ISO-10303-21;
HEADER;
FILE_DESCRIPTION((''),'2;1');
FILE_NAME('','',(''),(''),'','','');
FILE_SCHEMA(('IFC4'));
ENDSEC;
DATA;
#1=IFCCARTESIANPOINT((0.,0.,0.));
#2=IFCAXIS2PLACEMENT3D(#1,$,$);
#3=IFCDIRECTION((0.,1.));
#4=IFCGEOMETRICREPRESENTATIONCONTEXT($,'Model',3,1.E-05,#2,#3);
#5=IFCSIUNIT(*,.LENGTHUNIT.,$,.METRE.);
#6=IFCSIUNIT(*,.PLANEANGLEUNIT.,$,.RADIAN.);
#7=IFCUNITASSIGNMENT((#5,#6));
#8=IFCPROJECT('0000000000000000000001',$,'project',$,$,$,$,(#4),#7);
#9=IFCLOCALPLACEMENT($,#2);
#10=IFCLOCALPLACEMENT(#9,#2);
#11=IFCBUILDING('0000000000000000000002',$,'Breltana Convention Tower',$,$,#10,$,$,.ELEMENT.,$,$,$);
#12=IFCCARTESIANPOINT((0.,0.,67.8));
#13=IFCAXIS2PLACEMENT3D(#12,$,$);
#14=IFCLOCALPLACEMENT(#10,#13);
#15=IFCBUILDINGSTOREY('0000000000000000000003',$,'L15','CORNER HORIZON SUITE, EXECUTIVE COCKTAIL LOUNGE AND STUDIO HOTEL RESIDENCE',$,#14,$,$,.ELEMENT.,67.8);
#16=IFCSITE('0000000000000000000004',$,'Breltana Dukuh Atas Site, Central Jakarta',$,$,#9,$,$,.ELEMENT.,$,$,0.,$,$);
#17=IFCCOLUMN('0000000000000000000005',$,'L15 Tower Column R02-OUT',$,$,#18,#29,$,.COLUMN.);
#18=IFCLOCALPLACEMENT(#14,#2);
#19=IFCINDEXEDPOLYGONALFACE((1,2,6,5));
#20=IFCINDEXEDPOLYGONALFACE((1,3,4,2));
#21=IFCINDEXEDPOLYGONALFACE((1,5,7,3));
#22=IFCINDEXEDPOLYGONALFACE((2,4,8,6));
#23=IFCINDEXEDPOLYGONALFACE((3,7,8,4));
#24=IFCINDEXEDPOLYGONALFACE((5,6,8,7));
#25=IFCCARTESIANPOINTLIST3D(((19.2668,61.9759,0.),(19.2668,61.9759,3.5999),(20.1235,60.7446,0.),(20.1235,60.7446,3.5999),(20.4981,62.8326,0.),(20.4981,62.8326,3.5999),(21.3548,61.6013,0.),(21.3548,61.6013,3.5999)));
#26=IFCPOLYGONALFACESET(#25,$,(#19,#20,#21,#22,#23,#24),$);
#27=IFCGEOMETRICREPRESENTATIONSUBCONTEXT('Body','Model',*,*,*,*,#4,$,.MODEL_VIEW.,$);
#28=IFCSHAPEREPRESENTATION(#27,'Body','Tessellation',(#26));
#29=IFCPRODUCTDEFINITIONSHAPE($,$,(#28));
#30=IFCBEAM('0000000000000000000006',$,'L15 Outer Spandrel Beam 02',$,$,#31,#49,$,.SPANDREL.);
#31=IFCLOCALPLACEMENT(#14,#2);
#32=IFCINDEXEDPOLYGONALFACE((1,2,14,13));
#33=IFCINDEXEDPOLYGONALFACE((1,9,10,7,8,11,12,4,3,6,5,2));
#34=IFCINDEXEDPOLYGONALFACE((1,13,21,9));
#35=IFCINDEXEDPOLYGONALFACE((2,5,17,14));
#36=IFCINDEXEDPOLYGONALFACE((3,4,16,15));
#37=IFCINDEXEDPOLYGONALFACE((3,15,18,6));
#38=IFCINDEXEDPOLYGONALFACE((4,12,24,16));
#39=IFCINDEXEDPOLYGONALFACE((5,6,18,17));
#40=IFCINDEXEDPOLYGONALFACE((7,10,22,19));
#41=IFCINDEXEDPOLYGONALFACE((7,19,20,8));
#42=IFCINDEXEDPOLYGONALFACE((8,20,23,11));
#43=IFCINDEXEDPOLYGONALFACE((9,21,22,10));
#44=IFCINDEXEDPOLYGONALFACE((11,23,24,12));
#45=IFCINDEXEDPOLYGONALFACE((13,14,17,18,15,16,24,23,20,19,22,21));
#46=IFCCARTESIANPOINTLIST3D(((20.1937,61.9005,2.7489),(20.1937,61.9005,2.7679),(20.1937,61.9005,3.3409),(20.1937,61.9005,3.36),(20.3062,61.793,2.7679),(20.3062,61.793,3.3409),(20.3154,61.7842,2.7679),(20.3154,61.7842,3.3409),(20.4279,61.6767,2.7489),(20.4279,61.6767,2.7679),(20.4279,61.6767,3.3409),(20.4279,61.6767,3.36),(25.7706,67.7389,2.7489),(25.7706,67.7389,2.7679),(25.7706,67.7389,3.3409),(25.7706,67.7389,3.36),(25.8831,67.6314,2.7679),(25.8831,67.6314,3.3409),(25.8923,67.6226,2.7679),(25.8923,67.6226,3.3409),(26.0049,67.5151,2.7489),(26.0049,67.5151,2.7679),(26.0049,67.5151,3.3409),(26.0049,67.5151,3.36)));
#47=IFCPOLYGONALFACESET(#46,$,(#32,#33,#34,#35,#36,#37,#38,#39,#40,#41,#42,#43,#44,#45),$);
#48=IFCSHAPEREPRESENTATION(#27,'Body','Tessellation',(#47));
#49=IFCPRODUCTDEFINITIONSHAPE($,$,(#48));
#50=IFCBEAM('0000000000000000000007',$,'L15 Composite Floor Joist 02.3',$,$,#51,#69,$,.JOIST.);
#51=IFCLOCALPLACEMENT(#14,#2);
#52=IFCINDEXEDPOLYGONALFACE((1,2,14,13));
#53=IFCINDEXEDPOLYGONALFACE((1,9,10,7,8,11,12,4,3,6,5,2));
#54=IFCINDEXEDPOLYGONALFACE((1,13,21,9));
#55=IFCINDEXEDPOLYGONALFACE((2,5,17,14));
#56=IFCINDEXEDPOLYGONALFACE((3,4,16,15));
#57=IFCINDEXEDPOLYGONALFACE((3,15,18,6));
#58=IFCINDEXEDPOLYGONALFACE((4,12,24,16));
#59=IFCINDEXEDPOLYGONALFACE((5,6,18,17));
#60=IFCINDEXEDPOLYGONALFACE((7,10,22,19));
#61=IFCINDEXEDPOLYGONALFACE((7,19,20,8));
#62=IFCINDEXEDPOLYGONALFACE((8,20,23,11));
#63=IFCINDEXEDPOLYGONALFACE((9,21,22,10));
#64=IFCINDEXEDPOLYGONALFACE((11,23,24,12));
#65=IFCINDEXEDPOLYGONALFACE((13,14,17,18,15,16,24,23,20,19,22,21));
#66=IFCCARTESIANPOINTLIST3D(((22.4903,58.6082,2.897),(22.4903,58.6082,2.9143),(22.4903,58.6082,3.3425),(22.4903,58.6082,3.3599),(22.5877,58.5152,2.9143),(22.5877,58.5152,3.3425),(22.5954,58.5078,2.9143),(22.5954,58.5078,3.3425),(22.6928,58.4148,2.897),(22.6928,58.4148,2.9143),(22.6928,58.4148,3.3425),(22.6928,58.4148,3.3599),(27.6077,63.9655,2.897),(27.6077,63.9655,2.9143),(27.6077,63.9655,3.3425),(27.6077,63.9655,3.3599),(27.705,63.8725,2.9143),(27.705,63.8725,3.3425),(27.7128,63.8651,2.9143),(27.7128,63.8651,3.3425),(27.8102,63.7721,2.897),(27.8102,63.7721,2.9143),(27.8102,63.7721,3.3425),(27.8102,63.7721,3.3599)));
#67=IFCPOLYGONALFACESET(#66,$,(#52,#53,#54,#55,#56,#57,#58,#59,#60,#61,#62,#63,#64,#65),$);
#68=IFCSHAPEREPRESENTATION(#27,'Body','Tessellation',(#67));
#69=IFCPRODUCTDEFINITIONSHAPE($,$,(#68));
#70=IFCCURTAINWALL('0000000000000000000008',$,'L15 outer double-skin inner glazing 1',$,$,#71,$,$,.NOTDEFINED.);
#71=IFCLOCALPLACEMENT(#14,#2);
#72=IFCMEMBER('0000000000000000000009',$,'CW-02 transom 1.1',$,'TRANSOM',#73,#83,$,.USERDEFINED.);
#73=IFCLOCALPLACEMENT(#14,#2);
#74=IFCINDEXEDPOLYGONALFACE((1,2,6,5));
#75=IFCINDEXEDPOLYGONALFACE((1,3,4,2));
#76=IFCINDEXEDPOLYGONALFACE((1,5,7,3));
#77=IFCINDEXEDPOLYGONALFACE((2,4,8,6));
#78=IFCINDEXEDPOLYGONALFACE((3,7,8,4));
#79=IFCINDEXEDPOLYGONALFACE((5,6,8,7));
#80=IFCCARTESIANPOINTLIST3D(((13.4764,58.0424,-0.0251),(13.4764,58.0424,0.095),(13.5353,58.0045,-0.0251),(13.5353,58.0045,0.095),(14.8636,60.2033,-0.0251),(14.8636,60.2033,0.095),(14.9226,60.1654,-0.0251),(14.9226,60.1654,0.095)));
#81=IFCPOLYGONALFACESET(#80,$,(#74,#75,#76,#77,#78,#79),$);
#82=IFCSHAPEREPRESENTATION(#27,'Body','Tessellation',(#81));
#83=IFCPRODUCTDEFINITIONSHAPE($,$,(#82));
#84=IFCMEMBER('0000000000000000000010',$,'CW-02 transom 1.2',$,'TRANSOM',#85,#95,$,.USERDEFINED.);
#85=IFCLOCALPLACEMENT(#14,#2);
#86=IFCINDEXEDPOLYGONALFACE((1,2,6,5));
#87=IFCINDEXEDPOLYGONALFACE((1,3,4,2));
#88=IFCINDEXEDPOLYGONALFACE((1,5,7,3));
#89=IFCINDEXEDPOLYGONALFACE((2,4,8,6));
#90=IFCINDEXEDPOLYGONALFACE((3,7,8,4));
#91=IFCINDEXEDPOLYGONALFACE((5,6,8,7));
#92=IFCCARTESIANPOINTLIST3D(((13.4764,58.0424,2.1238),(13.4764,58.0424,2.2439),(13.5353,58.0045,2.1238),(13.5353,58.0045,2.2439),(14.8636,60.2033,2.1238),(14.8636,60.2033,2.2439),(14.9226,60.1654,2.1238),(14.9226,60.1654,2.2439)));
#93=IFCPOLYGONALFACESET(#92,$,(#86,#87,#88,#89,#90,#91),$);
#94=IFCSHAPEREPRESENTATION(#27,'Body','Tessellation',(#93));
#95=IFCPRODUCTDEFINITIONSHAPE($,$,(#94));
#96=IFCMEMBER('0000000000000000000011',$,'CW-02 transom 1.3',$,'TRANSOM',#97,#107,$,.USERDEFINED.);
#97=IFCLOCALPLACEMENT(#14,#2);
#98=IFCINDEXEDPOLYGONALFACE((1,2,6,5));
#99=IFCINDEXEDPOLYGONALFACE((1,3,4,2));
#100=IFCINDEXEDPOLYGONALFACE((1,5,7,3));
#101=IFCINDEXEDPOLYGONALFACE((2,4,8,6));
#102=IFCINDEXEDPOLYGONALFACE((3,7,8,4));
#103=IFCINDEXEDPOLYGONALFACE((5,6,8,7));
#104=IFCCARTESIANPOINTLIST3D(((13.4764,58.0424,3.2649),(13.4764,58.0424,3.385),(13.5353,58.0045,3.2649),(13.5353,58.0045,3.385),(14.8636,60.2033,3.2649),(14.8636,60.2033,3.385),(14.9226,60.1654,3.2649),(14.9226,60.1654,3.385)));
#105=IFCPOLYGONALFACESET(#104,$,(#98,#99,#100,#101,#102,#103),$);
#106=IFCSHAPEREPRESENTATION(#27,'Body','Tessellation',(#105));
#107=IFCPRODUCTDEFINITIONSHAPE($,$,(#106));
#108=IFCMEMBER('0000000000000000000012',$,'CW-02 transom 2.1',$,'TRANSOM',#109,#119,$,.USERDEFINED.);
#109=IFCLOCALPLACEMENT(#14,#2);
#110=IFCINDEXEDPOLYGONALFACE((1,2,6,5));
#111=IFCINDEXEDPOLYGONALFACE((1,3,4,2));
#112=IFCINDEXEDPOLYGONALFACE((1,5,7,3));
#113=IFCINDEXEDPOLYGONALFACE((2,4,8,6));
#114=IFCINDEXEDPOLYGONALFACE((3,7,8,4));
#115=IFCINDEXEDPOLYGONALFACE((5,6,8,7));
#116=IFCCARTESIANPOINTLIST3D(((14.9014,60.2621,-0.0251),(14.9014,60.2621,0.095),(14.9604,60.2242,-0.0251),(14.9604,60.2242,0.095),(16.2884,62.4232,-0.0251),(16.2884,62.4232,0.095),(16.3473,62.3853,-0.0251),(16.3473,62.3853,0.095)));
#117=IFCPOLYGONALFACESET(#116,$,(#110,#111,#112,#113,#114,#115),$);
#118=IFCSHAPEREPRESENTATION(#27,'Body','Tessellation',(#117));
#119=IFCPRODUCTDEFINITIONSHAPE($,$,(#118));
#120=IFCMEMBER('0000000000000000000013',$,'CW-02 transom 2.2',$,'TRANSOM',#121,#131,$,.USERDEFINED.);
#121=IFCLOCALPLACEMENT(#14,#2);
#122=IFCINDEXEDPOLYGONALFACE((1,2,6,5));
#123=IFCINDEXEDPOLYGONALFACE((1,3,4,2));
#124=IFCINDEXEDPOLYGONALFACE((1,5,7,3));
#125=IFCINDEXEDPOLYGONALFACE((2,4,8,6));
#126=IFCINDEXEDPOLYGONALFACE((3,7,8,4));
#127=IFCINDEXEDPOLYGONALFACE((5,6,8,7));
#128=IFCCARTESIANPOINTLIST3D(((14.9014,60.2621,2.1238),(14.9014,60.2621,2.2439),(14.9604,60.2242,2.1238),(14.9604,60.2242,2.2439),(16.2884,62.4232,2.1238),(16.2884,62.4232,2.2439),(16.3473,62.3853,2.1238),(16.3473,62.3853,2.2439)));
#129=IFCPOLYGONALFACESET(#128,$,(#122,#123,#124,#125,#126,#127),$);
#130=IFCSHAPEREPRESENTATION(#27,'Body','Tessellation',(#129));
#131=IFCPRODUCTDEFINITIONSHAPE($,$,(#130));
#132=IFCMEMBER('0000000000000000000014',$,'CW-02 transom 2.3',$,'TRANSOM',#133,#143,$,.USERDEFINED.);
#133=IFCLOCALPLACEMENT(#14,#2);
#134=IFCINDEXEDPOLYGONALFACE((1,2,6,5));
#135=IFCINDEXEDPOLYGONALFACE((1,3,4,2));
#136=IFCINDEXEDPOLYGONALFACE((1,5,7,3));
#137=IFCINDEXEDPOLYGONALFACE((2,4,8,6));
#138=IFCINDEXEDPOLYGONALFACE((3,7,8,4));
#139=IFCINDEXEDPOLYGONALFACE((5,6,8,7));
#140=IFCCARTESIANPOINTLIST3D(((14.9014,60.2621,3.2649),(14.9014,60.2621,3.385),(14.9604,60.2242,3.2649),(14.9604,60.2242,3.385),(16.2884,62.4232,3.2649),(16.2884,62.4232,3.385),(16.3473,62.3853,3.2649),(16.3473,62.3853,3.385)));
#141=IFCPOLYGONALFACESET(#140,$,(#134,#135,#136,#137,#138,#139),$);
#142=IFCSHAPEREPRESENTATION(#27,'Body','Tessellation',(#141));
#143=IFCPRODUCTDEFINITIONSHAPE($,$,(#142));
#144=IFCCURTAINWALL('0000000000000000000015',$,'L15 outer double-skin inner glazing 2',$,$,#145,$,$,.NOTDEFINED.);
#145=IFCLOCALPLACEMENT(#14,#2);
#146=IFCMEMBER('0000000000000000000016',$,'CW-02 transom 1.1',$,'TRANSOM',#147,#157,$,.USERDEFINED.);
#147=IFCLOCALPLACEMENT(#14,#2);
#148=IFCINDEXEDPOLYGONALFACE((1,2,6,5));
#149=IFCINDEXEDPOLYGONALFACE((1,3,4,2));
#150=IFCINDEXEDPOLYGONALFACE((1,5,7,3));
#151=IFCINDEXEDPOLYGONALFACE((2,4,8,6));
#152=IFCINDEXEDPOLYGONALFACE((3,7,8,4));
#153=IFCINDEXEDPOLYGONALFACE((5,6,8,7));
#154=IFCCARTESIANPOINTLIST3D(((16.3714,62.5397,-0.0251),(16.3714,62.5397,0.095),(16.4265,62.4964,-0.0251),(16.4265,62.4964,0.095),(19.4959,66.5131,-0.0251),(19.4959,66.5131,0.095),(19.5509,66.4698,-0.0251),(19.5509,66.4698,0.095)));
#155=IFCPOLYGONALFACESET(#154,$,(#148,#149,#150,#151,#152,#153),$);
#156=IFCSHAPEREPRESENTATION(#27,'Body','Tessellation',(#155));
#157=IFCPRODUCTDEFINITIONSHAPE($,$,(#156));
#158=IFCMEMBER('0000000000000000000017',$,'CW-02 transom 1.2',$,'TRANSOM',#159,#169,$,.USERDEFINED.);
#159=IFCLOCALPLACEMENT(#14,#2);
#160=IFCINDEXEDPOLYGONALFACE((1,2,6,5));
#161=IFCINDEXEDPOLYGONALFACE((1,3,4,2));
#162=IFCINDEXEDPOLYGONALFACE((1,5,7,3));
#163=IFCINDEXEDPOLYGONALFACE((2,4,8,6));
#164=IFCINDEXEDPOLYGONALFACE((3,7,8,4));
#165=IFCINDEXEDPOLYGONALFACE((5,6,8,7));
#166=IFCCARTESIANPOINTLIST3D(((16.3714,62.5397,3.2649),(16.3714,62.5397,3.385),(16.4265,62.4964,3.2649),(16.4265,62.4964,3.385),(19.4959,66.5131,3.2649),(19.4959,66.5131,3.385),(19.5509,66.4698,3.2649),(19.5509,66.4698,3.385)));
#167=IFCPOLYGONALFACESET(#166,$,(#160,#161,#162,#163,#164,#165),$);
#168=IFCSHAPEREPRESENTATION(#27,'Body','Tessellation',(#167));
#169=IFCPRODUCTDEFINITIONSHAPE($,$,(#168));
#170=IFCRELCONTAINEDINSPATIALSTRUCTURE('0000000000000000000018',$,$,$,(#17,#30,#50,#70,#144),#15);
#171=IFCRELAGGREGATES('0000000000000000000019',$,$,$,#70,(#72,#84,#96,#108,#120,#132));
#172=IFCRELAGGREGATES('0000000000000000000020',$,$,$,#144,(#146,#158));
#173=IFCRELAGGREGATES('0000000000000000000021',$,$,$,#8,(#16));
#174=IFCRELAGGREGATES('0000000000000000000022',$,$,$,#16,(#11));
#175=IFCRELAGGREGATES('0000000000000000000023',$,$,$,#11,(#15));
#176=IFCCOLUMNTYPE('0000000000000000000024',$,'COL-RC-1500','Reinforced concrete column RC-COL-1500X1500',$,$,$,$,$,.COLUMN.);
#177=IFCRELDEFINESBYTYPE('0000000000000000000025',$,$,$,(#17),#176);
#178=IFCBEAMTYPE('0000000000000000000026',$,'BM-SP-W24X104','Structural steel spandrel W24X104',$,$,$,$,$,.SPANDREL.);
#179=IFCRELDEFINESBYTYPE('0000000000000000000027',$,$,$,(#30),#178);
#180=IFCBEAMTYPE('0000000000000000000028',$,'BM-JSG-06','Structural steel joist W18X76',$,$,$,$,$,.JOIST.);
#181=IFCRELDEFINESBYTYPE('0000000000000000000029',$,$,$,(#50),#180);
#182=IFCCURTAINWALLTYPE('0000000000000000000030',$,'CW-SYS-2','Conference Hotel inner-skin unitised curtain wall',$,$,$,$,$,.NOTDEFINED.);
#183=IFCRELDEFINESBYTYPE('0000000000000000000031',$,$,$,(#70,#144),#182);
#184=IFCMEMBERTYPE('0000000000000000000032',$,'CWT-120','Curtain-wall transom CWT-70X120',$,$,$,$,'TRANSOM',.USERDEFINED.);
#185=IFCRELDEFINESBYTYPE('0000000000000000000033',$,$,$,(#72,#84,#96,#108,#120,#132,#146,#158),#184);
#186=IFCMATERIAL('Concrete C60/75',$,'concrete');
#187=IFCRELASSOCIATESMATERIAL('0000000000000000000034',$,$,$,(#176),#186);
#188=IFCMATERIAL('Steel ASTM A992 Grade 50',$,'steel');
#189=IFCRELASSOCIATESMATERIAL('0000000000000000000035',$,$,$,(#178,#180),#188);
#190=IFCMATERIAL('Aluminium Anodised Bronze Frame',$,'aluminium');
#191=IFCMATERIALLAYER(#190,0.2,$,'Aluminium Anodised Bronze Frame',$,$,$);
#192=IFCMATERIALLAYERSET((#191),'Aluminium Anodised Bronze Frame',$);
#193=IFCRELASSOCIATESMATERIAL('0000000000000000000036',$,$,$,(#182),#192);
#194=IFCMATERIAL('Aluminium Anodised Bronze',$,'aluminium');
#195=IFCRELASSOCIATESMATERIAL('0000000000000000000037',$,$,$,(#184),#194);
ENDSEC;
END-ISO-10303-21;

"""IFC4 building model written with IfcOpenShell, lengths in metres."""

from ifc_helpers import new_model, si_unit, direction, frame, origin, origin_2d, place, context, subcontext, project, spatial, rectangle, i_section, extrude, source, transform, mapped, material, layer, layer_set, material_profile, profile_set, type_object, type_shapes, element, aggregate, save


model = new_model("IFC4")

# Units and contexts
model_context = context("Model", 3, precision=1e-05, world=origin(), true_north=direction((0.0, 1.0)))
body_context = subcontext(model_context, "Body", "Model", "MODEL_VIEW")
ifc_project = project(units=[si_unit("LENGTHUNIT", "METRE"), si_unit("PLANEANGLEUNIT", "RADIAN")], contexts=[model_context])

# Site, building, storey
site_placement = place(None, origin())
site = spatial("IfcSite", under=ifc_project, at=site_placement, Name="Breltana Dukuh Atas Site, Central Jakarta", CompositionType="ELEMENT", RefElevation=0.0)
building_placement = place(site_placement, origin())
building = spatial("IfcBuilding", under=site, at=building_placement, Name="Breltana Convention Tower", CompositionType="ELEMENT")
storey_placement = place(building_placement, frame((0.0, 0.0, 67.8)))
storey = spatial("IfcBuildingStorey", under=building, at=storey_placement, Name="L15", Description="CORNER HORIZON SUITE, EXECUTIVE COCKTAIL LOUNGE AND STUDIO HOTEL RESIDENCE", CompositionType="ELEMENT", Elevation=67.8)

# Column
ifc_material_1 = material(Name="Concrete C60/75", Category="concrete")
ifc_material_profile_1 = material_profile(ifc_material_1, rectangle(XDim=1.5, YDim=1.5, at=origin_2d()), Name="RC-COL-1500X1500")
ifc_profile_set_1 = profile_set([ifc_material_profile_1], Name="Concrete C60/75")
column_type = type_object("IfcColumnType", Name="COL-RC-1500", Description="Reinforced concrete column RC-COL-1500X1500", PredefinedType="COLUMN", material=ifc_profile_set_1)
shared_shape_1 = source(origin(), body_context, "Body", "SweptSolid", [
    extrude(rectangle(XDim=1.5, YDim=1.5, at=origin_2d()), origin(), (0.0, 0.0, 1.0), 3.5999),
])
column_placement = place(storey_placement, frame((20.3108, 61.7886, 0.0), z_axis=(0.0, 0.0, 1.0), x_axis=(-0.571143, 0.82085, 0.0)))
element("IfcColumn", 1, at=column_placement, inside=storey, type_object=column_type, Name="L15 Tower Column R02-OUT", PredefinedType="COLUMN", context=body_context, shape_type="MappedRepresentation", body=[
    mapped(shared_shape_1, transform((0.0, 0.0, 0.0), scale=1.0)),
])

# Beams
ifc_material_2 = material(Name="Steel ASTM A992 Grade 50", Category="steel")
ifc_material_profile_2 = material_profile(ifc_material_2, i_section(OverallWidth=0.324, OverallDepth=0.6111, WebThickness=0.0127, FlangeThickness=0.019, at=origin_2d()), Name="W24X104")
ifc_profile_set_2 = profile_set([ifc_material_profile_2], Name="Steel ASTM A992 Grade 50")
beam_type_1 = type_object("IfcBeamType", Name="BM-SP-W24X104", Description="Structural steel spandrel W24X104", PredefinedType="SPANDREL", material=ifc_profile_set_2)
shared_shape_2 = source(origin(), body_context, "Body", "SweptSolid", [
    extrude(i_section(OverallWidth=0.324, OverallDepth=0.6111, WebThickness=0.0127, FlangeThickness=0.019, at=origin_2d()), origin(), (0.0, 0.0, 1.0), 8.074),
])
beam_1_placement = place(storey_placement, frame((20.3108, 61.7886, 3.0544), z_axis=(0.690729, 0.723114, 0.0), x_axis=(-0.723114, 0.690729, 0.0)))
element("IfcBeam", 2, at=beam_1_placement, inside=storey, type_object=beam_type_1, Name="L15 Outer Spandrel Beam 02", PredefinedType="SPANDREL", context=body_context, shape_type="MappedRepresentation", body=[
    mapped(shared_shape_2, transform((0.0, 0.0, 0.0), scale=1.0)),
])
ifc_material_profile_3 = material_profile(ifc_material_2, i_section(OverallWidth=0.28, OverallDepth=0.4629, WebThickness=0.0107, FlangeThickness=0.0173, at=origin_2d()), Name="W18X76")
ifc_profile_set_3 = profile_set([ifc_material_profile_3], Name="Steel ASTM A992 Grade 50")
beam_type_2 = type_object("IfcBeamType", Name="BM-JSG-06", Description="Structural steel joist W18X76", PredefinedType="JOIST", material=ifc_profile_set_3)
shared_shape_3 = source(origin(), body_context, "Body", "SweptSolid", [
    extrude(i_section(OverallWidth=0.28, OverallDepth=0.4629, WebThickness=0.0107, FlangeThickness=0.0173, at=origin_2d()), origin(), (0.0, 0.0, 1.0), 7.4087),
])
beam_2_placement = place(storey_placement, frame((22.5916, 58.5115, 3.1284), z_axis=(0.690725, 0.723118, 0.0), x_axis=(-0.723118, 0.690725, 0.0)))
element("IfcBeam", 3, at=beam_2_placement, inside=storey, type_object=beam_type_2, Name="L15 Composite Floor Joist 02.3", PredefinedType="JOIST", context=body_context, shape_type="MappedRepresentation", body=[
    mapped(shared_shape_3, transform((0.0, 0.0, 0.0), scale=1.0)),
])

# Curtain walls, members
ifc_material_3 = material(Name="Aluminium Anodised Bronze Frame", Category="aluminium")
ifc_layer_1 = layer(ifc_material_3, 0.2, Name="Aluminium Anodised Bronze Frame")
ifc_layer_set_1 = layer_set([ifc_layer_1], Name="Aluminium Anodised Bronze Frame")
curtain_wall_type = type_object("IfcCurtainWallType", Name="CW-SYS-2", Description="Conference Hotel inner-skin unitised curtain wall", PredefinedType="NOTDEFINED", material=ifc_layer_set_1)
curtain_wall_1_placement = place(storey_placement, origin())
curtain_wall_1 = element("IfcCurtainWall", 4, at=curtain_wall_1_placement, inside=storey, type_object=curtain_wall_type, Name="L15 outer double-skin inner glazing 1", PredefinedType="NOTDEFINED")
ifc_material_4 = material(Name="Aluminium Anodised Bronze", Category="aluminium")
ifc_material_profile_4 = material_profile(ifc_material_4, rectangle(XDim=0.0701, YDim=0.1201, at=origin_2d()), Name="CWT-70X120")
ifc_profile_set_4 = profile_set([ifc_material_profile_4], Name="Aluminium Anodised Bronze")
member_type_1 = type_object("IfcMemberType", Name="CWT-120", Description="Curtain-wall transom CWT-70X120", ElementType="TRANSOM", PredefinedType="USERDEFINED", material=ifc_profile_set_4)
shared_shape_4 = source(origin(), body_context, "Body", "SweptSolid", [
    extrude(rectangle(XDim=0.0701, YDim=0.1201, at=origin_2d()), origin(), (0.0, 0.0, 1.0), 2.5679),
])
type_shapes(member_type_1, [shared_shape_4])
member_1_placement = place(storey_placement, frame((13.5059, 58.0234, 0.0349), z_axis=(0.540224, 0.841521, 0.0), x_axis=(-0.841521, 0.540224, 0.0)))
member_1 = element("IfcMember", 5, at=member_1_placement, type_object=member_type_1, Name="CW-02 transom 1.1", ObjectType="TRANSOM", PredefinedType="USERDEFINED", context=body_context, shape_type="MappedRepresentation", body=[
    mapped(shared_shape_4, transform((0.0, 0.0, 0.0), scale=1.0)),
])
member_2_placement = place(storey_placement, frame((13.5059, 58.0234, 2.1838), z_axis=(0.540224, 0.841521, 0.0), x_axis=(-0.841521, 0.540224, 0.0)))
member_2 = element("IfcMember", 6, at=member_2_placement, type_object=member_type_1, Name="CW-02 transom 1.2", ObjectType="TRANSOM", PredefinedType="USERDEFINED", context=body_context, shape_type="MappedRepresentation", body=[
    mapped(shared_shape_4, transform((0.0, 0.0, 0.0), scale=1.0)),
])
member_3_placement = place(storey_placement, frame((13.5059, 58.0234, 3.325), z_axis=(0.540224, 0.841521, 0.0), x_axis=(-0.841521, 0.540224, 0.0)))
member_3 = element("IfcMember", 7, at=member_3_placement, type_object=member_type_1, Name="CW-02 transom 1.3", ObjectType="TRANSOM", PredefinedType="USERDEFINED", context=body_context, shape_type="MappedRepresentation", body=[
    mapped(shared_shape_4, transform((0.0, 0.0, 0.0), scale=1.0)),
])
member_4_placement = place(storey_placement, frame((14.9309, 60.2432, 0.0349), z_axis=(0.540114, 0.841592, 0.0), x_axis=(-0.841592, 0.540114, 0.0)))
member_4 = element("IfcMember", 8, at=member_4_placement, type_object=member_type_1, Name="CW-02 transom 2.1", ObjectType="TRANSOM", PredefinedType="USERDEFINED", context=body_context, shape_type="MappedRepresentation", body=[
    mapped(shared_shape_4, transform((0.0, 0.0, 0.0), scale=1.0)),
])
member_5_placement = place(storey_placement, frame((14.9309, 60.2432, 2.1838), z_axis=(0.540114, 0.841592, 0.0), x_axis=(-0.841592, 0.540114, 0.0)))
member_5 = element("IfcMember", 9, at=member_5_placement, type_object=member_type_1, Name="CW-02 transom 2.2", ObjectType="TRANSOM", PredefinedType="USERDEFINED", context=body_context, shape_type="MappedRepresentation", body=[
    mapped(shared_shape_4, transform((0.0, 0.0, 0.0), scale=1.0)),
])
member_6_placement = place(storey_placement, frame((14.9309, 60.2432, 3.325), z_axis=(0.540114, 0.841592, 0.0), x_axis=(-0.841592, 0.540114, 0.0)))
member_6 = element("IfcMember", 10, at=member_6_placement, type_object=member_type_1, Name="CW-02 transom 2.3", ObjectType="TRANSOM", PredefinedType="USERDEFINED", context=body_context, shape_type="MappedRepresentation", body=[
    mapped(shared_shape_4, transform((0.0, 0.0, 0.0), scale=1.0)),
])
curtain_wall_2_placement = place(storey_placement, origin())
curtain_wall_2 = element("IfcCurtainWall", 11, at=curtain_wall_2_placement, inside=storey, type_object=curtain_wall_type, Name="L15 outer double-skin inner glazing 2", PredefinedType="NOTDEFINED")
shared_shape_5 = source(origin(), body_context, "Body", "SweptSolid", [
    extrude(rectangle(XDim=0.0701, YDim=0.1201, at=origin_2d()), origin(), (0.0, 0.0, 1.0), 5.0547),
])
member_7_placement = place(storey_placement, frame((16.3989, 62.5181, 0.0349), z_axis=(0.618135, 0.786072, 0.0), x_axis=(-0.786072, 0.618135, 0.0)))
member_7 = element("IfcMember", 12, at=member_7_placement, type_object=member_type_1, Name="CW-02 transom 1.1", ObjectType="TRANSOM", PredefinedType="USERDEFINED", context=body_context, shape_type="MappedRepresentation", body=[
    mapped(shared_shape_5, transform((0.0, 0.0, 0.0), scale=1.0)),
])
member_8_placement = place(storey_placement, frame((16.3989, 62.5181, 3.325), z_axis=(0.618135, 0.786072, 0.0), x_axis=(-0.786072, 0.618135, 0.0)))
member_8 = element("IfcMember", 13, at=member_8_placement, type_object=member_type_1, Name="CW-02 transom 1.2", ObjectType="TRANSOM", PredefinedType="USERDEFINED", context=body_context, shape_type="MappedRepresentation", body=[
    mapped(shared_shape_5, transform((0.0, 0.0, 0.0), scale=1.0)),
])

aggregate(curtain_wall_1, [member_1, member_2, member_3, member_4, member_5, member_6])
aggregate(curtain_wall_2, [member_7, member_8])

save(model, "model.ifc")
